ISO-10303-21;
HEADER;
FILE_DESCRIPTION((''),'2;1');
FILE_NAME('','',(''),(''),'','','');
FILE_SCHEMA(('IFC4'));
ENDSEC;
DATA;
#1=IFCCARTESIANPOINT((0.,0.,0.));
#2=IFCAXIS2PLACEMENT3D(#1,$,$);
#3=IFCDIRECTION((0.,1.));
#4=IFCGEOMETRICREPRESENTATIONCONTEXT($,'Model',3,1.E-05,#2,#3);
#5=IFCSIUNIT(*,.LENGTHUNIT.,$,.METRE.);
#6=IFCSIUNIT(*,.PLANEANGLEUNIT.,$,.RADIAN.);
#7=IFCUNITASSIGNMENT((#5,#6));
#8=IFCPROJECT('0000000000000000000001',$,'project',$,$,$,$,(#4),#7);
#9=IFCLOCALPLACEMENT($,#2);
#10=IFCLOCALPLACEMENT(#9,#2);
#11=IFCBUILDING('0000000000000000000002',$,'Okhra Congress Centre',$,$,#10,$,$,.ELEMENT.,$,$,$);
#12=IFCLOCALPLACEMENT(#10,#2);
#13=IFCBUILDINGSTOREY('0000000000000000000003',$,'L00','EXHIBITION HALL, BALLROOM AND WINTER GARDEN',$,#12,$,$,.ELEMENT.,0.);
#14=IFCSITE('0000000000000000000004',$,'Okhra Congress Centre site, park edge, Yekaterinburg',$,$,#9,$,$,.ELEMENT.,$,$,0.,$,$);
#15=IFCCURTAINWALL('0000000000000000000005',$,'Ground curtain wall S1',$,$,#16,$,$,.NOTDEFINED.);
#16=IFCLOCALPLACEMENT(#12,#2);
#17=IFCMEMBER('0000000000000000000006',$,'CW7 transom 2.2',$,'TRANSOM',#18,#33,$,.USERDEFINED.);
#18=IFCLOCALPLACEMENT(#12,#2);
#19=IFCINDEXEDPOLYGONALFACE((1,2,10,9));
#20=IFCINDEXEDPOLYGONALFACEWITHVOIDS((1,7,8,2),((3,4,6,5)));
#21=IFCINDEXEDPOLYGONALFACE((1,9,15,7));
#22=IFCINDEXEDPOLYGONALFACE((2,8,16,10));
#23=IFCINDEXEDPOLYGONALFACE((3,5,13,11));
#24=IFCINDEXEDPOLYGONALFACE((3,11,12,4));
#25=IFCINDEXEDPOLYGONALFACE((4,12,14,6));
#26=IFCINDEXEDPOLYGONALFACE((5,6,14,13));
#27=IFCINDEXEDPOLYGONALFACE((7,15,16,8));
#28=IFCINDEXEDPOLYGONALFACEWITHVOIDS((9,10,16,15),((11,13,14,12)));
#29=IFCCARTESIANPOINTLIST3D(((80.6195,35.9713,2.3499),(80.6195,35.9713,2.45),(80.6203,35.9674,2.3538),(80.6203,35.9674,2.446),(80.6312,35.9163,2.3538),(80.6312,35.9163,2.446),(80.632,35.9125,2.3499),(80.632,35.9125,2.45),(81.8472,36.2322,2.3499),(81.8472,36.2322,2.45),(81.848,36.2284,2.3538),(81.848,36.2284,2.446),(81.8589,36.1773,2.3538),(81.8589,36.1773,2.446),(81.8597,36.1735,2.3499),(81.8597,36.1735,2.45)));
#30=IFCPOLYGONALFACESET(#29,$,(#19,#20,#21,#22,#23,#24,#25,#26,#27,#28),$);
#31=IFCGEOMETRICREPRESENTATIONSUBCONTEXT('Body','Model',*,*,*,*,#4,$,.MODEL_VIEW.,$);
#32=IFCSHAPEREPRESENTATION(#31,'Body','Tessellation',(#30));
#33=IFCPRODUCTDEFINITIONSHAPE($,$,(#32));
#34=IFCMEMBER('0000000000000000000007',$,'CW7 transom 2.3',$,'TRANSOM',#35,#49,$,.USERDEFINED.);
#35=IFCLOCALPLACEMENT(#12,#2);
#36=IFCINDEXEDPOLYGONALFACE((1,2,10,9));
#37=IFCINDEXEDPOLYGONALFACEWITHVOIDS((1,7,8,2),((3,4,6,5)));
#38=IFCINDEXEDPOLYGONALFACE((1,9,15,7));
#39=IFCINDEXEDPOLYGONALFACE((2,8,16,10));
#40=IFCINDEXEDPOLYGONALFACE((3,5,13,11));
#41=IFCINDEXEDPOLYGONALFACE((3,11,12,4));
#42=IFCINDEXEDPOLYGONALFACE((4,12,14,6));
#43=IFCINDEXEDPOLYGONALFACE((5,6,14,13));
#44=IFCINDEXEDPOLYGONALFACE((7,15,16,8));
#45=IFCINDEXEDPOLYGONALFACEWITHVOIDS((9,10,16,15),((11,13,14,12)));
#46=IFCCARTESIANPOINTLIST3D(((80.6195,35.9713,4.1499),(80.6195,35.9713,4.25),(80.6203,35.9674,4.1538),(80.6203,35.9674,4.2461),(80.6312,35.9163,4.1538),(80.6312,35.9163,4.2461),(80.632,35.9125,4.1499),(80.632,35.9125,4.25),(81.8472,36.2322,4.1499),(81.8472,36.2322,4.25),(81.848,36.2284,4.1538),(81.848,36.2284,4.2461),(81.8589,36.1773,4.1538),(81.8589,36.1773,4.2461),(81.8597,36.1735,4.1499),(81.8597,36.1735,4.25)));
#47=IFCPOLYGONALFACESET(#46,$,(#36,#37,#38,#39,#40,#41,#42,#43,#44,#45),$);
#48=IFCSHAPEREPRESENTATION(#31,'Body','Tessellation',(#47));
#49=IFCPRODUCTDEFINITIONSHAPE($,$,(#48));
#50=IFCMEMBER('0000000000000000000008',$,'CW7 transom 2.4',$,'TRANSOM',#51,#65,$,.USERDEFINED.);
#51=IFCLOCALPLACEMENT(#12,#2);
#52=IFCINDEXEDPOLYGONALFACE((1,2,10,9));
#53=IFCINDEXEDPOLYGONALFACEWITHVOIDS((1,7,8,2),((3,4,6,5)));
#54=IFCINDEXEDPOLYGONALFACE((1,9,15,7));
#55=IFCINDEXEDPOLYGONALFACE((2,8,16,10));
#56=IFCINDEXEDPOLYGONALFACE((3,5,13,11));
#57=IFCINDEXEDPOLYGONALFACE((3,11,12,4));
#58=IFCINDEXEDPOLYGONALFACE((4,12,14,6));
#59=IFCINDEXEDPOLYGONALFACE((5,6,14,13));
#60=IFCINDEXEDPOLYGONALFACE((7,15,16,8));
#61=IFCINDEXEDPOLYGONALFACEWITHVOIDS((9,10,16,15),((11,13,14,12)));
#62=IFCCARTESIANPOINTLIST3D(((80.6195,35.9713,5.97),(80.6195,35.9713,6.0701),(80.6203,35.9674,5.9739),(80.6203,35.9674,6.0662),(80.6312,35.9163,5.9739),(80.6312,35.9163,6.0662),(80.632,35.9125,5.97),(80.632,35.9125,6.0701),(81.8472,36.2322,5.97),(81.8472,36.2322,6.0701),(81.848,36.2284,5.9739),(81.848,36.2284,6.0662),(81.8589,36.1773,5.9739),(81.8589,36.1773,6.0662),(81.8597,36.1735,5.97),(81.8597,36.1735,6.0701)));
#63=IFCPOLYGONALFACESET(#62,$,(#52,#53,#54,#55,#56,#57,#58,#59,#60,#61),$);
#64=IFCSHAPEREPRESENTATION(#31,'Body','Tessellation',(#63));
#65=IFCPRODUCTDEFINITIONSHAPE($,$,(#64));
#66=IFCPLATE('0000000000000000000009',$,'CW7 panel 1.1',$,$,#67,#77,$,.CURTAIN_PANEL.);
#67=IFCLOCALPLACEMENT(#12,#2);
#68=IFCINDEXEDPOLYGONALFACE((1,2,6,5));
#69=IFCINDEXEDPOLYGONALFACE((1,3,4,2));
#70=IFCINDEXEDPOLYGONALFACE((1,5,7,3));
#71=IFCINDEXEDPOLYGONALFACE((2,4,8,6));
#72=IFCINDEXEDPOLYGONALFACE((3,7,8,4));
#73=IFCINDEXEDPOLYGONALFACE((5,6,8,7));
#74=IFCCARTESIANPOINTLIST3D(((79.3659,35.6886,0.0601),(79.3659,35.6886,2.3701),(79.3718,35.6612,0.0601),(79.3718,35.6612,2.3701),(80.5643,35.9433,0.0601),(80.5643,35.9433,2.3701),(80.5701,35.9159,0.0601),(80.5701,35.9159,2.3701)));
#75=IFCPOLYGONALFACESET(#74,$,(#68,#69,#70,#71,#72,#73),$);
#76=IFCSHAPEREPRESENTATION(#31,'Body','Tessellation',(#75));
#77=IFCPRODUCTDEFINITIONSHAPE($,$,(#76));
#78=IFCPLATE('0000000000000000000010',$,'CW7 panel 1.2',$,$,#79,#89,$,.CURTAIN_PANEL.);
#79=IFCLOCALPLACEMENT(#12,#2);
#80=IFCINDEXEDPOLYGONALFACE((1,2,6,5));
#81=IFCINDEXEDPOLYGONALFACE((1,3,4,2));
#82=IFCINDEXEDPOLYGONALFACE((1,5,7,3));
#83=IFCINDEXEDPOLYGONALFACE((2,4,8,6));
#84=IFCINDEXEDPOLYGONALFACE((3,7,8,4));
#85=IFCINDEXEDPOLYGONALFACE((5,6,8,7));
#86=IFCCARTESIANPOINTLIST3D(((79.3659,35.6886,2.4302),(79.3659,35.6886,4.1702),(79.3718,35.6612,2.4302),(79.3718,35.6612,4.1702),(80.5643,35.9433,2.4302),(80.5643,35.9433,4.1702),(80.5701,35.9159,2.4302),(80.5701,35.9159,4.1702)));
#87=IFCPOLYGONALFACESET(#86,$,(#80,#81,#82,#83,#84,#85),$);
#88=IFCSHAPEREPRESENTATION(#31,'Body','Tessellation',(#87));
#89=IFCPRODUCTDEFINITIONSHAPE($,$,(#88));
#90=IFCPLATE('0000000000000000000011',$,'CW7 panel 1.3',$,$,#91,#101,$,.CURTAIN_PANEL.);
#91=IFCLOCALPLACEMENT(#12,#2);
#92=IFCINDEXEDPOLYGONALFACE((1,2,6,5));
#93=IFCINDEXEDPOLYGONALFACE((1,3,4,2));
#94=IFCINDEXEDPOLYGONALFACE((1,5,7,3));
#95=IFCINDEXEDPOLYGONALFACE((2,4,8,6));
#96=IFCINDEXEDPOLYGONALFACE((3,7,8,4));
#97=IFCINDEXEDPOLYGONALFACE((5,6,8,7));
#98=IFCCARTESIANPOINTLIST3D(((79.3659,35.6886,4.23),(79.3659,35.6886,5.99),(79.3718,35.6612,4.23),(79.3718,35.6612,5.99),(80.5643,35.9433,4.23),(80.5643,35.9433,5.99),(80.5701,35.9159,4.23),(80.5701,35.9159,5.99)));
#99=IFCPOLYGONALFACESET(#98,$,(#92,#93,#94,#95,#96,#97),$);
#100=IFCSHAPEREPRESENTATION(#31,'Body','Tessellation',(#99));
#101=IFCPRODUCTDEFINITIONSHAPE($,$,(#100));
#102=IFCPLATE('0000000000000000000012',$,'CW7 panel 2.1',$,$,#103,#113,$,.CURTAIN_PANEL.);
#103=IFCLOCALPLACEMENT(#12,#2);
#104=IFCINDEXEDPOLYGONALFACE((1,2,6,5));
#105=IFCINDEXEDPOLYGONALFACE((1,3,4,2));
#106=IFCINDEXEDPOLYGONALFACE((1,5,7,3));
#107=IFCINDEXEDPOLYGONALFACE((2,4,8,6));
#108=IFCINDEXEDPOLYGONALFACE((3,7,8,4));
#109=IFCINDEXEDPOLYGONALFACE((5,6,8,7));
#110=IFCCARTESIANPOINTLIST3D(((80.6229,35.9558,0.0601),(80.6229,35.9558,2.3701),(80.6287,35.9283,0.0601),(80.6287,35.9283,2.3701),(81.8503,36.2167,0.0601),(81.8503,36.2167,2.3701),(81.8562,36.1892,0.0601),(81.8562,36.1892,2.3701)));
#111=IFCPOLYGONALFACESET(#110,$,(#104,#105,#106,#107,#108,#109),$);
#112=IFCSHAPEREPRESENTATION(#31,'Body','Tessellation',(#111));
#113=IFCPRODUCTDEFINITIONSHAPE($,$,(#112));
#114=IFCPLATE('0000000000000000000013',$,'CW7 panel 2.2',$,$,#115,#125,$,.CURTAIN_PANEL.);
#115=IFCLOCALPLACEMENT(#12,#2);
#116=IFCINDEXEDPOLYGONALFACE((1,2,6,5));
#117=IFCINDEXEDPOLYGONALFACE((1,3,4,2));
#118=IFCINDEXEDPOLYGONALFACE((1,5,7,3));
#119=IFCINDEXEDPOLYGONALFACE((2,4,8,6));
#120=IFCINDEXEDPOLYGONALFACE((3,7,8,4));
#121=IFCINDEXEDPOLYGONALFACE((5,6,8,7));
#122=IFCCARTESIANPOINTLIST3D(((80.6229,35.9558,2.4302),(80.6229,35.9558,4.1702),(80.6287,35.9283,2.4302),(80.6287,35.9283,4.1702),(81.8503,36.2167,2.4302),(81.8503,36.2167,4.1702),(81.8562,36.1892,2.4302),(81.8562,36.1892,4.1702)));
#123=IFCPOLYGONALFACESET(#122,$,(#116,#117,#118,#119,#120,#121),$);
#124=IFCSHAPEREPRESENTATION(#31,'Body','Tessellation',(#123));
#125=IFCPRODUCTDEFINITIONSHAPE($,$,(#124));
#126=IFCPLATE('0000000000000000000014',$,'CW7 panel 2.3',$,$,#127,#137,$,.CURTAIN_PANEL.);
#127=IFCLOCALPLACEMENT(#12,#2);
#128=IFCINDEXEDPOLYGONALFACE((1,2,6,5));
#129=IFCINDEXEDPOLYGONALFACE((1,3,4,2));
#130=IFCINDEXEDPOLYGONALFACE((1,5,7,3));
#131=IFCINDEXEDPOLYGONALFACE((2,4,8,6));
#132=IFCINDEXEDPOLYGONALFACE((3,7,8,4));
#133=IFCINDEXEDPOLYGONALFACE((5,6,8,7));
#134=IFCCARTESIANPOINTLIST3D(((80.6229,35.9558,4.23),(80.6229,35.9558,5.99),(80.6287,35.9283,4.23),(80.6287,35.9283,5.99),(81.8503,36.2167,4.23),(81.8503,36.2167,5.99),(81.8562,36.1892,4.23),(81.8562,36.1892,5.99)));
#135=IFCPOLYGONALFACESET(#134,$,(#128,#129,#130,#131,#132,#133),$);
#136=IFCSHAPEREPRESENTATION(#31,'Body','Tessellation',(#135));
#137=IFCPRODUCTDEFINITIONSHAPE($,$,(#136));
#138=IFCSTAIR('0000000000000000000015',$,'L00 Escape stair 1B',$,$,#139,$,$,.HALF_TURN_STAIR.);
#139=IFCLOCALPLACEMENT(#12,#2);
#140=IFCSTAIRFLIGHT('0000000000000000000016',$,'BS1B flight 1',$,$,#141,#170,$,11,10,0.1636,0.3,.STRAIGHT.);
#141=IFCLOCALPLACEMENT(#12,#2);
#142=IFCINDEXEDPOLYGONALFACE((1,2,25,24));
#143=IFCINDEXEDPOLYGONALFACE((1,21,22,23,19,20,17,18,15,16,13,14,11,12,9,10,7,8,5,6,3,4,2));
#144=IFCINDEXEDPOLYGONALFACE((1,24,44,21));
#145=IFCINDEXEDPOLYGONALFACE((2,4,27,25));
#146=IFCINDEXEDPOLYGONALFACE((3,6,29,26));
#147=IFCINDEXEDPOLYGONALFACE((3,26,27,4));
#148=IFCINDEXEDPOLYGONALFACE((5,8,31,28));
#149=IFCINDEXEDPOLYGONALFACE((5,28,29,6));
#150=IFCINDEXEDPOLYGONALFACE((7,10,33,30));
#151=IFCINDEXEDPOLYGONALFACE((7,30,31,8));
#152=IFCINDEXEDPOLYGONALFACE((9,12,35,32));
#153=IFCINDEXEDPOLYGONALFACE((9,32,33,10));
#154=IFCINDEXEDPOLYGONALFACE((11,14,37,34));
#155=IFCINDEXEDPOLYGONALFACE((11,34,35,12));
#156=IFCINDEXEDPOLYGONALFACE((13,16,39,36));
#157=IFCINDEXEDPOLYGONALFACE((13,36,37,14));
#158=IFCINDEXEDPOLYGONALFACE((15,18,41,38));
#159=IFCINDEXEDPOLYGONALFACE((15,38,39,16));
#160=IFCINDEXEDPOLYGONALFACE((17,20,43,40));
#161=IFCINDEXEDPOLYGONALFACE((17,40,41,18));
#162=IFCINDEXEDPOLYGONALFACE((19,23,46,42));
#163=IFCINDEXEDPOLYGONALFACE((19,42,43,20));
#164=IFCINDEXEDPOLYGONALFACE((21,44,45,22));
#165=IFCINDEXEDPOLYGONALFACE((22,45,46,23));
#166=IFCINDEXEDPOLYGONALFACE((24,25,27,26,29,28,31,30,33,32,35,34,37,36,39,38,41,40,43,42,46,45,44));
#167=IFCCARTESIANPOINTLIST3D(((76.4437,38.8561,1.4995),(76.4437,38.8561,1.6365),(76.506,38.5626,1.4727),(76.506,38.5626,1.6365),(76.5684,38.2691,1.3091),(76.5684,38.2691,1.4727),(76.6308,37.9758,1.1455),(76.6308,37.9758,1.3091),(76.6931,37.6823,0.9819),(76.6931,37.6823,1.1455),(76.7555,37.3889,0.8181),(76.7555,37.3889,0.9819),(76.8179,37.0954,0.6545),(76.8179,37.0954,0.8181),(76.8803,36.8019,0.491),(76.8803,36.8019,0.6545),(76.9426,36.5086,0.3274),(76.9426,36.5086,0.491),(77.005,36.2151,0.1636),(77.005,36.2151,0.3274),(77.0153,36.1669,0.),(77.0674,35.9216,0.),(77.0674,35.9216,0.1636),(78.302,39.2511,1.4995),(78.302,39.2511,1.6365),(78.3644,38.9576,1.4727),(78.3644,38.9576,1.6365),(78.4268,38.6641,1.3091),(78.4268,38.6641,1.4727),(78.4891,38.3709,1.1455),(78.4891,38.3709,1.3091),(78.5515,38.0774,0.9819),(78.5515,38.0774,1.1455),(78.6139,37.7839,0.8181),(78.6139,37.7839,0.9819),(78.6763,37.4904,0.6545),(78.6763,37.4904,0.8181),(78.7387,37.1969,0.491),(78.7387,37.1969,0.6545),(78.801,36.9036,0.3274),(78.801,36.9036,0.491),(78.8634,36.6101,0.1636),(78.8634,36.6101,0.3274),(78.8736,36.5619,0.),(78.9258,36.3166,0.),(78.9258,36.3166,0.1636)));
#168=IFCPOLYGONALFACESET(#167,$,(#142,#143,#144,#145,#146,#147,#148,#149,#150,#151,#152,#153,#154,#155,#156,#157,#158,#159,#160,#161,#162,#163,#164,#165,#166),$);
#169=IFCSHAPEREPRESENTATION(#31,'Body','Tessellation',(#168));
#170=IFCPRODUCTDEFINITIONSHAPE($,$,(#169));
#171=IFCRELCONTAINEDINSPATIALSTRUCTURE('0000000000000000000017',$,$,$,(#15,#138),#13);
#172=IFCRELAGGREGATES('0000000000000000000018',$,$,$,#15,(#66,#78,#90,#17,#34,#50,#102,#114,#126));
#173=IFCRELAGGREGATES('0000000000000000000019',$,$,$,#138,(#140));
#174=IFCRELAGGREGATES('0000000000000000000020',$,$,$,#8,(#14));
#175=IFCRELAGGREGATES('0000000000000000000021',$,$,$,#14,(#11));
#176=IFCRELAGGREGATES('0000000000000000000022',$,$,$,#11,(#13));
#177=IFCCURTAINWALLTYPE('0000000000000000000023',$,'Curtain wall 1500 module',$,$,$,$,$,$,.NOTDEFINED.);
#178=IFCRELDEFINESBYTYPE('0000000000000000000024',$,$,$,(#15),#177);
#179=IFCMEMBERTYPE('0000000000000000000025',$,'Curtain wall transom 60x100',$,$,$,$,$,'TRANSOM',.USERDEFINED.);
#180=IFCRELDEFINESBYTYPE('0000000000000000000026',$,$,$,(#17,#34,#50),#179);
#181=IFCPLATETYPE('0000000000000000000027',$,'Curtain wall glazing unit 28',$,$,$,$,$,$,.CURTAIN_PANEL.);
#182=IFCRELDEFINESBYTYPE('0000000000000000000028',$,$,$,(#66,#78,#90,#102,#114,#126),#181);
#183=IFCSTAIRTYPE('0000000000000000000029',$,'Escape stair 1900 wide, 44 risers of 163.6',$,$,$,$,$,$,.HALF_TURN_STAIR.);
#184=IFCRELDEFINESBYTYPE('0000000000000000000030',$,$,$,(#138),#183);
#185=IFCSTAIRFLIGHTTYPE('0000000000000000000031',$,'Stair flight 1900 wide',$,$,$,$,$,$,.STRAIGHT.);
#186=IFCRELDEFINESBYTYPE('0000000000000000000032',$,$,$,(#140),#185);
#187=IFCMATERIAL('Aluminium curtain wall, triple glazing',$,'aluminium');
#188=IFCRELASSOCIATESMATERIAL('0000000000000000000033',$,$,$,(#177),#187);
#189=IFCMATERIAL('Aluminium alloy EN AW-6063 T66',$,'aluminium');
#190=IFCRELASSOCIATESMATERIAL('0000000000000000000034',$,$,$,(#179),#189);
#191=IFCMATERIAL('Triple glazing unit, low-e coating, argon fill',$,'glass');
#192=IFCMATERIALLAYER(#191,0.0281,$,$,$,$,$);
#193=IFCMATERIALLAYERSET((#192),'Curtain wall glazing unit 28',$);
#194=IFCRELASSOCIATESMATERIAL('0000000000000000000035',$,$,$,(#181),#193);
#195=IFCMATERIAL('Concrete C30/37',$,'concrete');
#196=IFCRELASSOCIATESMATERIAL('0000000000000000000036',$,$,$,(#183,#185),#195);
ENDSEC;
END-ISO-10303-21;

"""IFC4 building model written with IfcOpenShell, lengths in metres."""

from ifc_helpers import new_model, si_unit, direction, frame, origin, origin_2d, place, context, subcontext, project, spatial, polyline, rectangle, hollow_rectangle, outline, extrude, material, layer, layer_set, material_profile, profile_set, type_object, element, aggregate, save


model = new_model("IFC4")

# Units and contexts
model_context = context("Model", 3, precision=1e-05, world=origin(), true_north=direction((0.0, 1.0)))
body_context = subcontext(model_context, "Body", "Model", "MODEL_VIEW")
ifc_project = project(units=[si_unit("LENGTHUNIT", "METRE"), si_unit("PLANEANGLEUNIT", "RADIAN")], contexts=[model_context])

# Site, building, storey
site_placement = place(None, origin())
site = spatial("IfcSite", under=ifc_project, at=site_placement, Name="Okhra Congress Centre site, park edge, Yekaterinburg", CompositionType="ELEMENT", RefElevation=0.0)
building_placement = place(site_placement, origin())
building = spatial("IfcBuilding", under=site, at=building_placement, Name="Okhra Congress Centre", CompositionType="ELEMENT")
storey_placement = place(building_placement, origin())
storey = spatial("IfcBuildingStorey", under=building, at=storey_placement, Name="L00", Description="EXHIBITION HALL, BALLROOM AND WINTER GARDEN", CompositionType="ELEMENT", Elevation=0.0)

# Shared definitions
ifc_material_1 = material(Name="Concrete C30/37", Category="concrete")

# Curtain wall, members, plates
ifc_material_2 = material(Name="Aluminium curtain wall, triple glazing", Category="aluminium")
curtain_wall_type = type_object("IfcCurtainWallType", Name="Curtain wall 1500 module", PredefinedType="NOTDEFINED", material=ifc_material_2)
curtain_wall_placement = place(storey_placement, origin())
curtain_wall = element("IfcCurtainWall", 1, at=curtain_wall_placement, inside=storey, type_object=curtain_wall_type, Name="Ground curtain wall S1", PredefinedType="NOTDEFINED")
ifc_material_3 = material(Name="Aluminium alloy EN AW-6063 T66", Category="aluminium")
ifc_material_profile_1 = material_profile(ifc_material_3, hollow_rectangle(XDim=0.0601, YDim=0.1001, WallThickness=0.0039, at=origin_2d()), Name="RHS 60x100x4")
ifc_profile_set_1 = profile_set([ifc_material_profile_1], Name="Aluminium alloy EN AW-6063 T66")
member_type_1 = type_object("IfcMemberType", Name="Curtain wall transom 60x100", ElementType="TRANSOM", PredefinedType="USERDEFINED", material=ifc_profile_set_1)
member_1_placement = place(storey_placement, frame((80.6257, 35.9419, 2.3999), z_axis=(0.978146, 0.207922, 0.0), x_axis=(-0.207922, 0.978146, 0.0)))
member_1 = element("IfcMember", 2, at=member_1_placement, type_object=member_type_1, Name="CW7 transom 2.2", ObjectType="TRANSOM", PredefinedType="USERDEFINED", context=body_context, shape_type="SweptSolid", body=[
    extrude(hollow_rectangle(XDim=0.0601, YDim=0.1001, WallThickness=0.0039, at=origin_2d()), origin(), (0.0, 0.0, 1.0), 1.2551),
])
member_2_placement = place(storey_placement, frame((80.6257, 35.9419, 4.2), z_axis=(0.978146, 0.207922, 0.0), x_axis=(-0.207922, 0.978146, 0.0)))
member_2 = element("IfcMember", 3, at=member_2_placement, type_object=member_type_1, Name="CW7 transom 2.3", ObjectType="TRANSOM", PredefinedType="USERDEFINED", context=body_context, shape_type="SweptSolid", body=[
    extrude(hollow_rectangle(XDim=0.0601, YDim=0.1001, WallThickness=0.0039, at=origin_2d()), origin(), (0.0, 0.0, 1.0), 1.2551),
])
member_3_placement = place(storey_placement, frame((80.6257, 35.9419, 6.02), z_axis=(0.978146, 0.207922, 0.0), x_axis=(-0.207922, 0.978146, 0.0)))
member_3 = element("IfcMember", 4, at=member_3_placement, type_object=member_type_1, Name="CW7 transom 2.4", ObjectType="TRANSOM", PredefinedType="USERDEFINED", context=body_context, shape_type="SweptSolid", body=[
    extrude(hollow_rectangle(XDim=0.0601, YDim=0.1001, WallThickness=0.0039, at=origin_2d()), origin(), (0.0, 0.0, 1.0), 1.2551),
])
ifc_material_4 = material(Name="Triple glazing unit, low-e coating, argon fill", Category="glass")
ifc_layer_1 = layer(ifc_material_4, 0.0281)
ifc_layer_set_1 = layer_set([ifc_layer_1], Name="Curtain wall glazing unit 28")
plate_type = type_object("IfcPlateType", Name="Curtain wall glazing unit 28", PredefinedType="CURTAIN_PANEL", material=ifc_layer_set_1)
plate_1_placement = place(storey_placement, frame((79.968, 35.8022, 0.0601), z_axis=(0.0, 0.0, 1.0), x_axis=(0.978148, 0.207912, 0.0)))
plate_1 = element("IfcPlate", 5, at=plate_1_placement, type_object=plate_type, Name="CW7 panel 1.1", PredefinedType="CURTAIN_PANEL", context=body_context, shape_type="SweptSolid", body=[
    extrude(rectangle(XDim=1.2251, YDim=0.0281, at=origin_2d()), origin(), (0.0, 0.0, 1.0), 2.3101),
])
plate_2_placement = place(storey_placement, frame((79.968, 35.8022, 2.4302), z_axis=(0.0, 0.0, 1.0), x_axis=(0.978148, 0.207912, 0.0)))
plate_2 = element("IfcPlate", 6, at=plate_2_placement, type_object=plate_type, Name="CW7 panel 1.2", PredefinedType="CURTAIN_PANEL", context=body_context, shape_type="SweptSolid", body=[
    extrude(rectangle(XDim=1.2251, YDim=0.0281, at=origin_2d()), origin(), (0.0, 0.0, 1.0), 1.74),
])
plate_3_placement = place(storey_placement, frame((79.968, 35.8022, 4.23), z_axis=(0.0, 0.0, 1.0), x_axis=(0.978148, 0.207912, 0.0)))
plate_3 = element("IfcPlate", 7, at=plate_3_placement, type_object=plate_type, Name="CW7 panel 1.3", PredefinedType="CURTAIN_PANEL", context=body_context, shape_type="SweptSolid", body=[
    extrude(rectangle(XDim=1.2251, YDim=0.0281, at=origin_2d()), origin(), (0.0, 0.0, 1.0), 1.76),
])
plate_4_placement = place(storey_placement, frame((81.2395, 36.0725, 0.0601), z_axis=(0.0, 0.0, 1.0), x_axis=(0.978148, 0.207912, 0.0)))
plate_4 = element("IfcPlate", 8, at=plate_4_placement, type_object=plate_type, Name="CW7 panel 2.1", PredefinedType="CURTAIN_PANEL", context=body_context, shape_type="SweptSolid", body=[
    extrude(rectangle(XDim=1.2549, YDim=0.0281, at=origin_2d()), origin(), (0.0, 0.0, 1.0), 2.3101),
])
plate_5_placement = place(storey_placement, frame((81.2395, 36.0725, 2.4302), z_axis=(0.0, 0.0, 1.0), x_axis=(0.978148, 0.207912, 0.0)))
plate_5 = element("IfcPlate", 9, at=plate_5_placement, type_object=plate_type, Name="CW7 panel 2.2", PredefinedType="CURTAIN_PANEL", context=body_context, shape_type="SweptSolid", body=[
    extrude(rectangle(XDim=1.2549, YDim=0.0281, at=origin_2d()), origin(), (0.0, 0.0, 1.0), 1.74),
])
plate_6_placement = place(storey_placement, frame((81.2395, 36.0725, 4.23), z_axis=(0.0, 0.0, 1.0), x_axis=(0.978148, 0.207912, 0.0)))
plate_6 = element("IfcPlate", 10, at=plate_6_placement, type_object=plate_type, Name="CW7 panel 2.3", PredefinedType="CURTAIN_PANEL", context=body_context, shape_type="SweptSolid", body=[
    extrude(rectangle(XDim=1.2549, YDim=0.0281, at=origin_2d()), origin(), (0.0, 0.0, 1.0), 1.76),
])
aggregate(curtain_wall, [plate_1, plate_2, plate_3, member_1, member_2, member_3, plate_4, plate_5, plate_6])

# Stair, stair flight
stair_type = type_object("IfcStairType", Name="Escape stair 1900 wide, 44 risers of 163.6", PredefinedType="HALF_TURN_STAIR", material=ifc_material_1)
stair_placement = place(storey_placement, origin())
stair = element("IfcStair", 11, at=stair_placement, inside=storey, type_object=stair_type, Name="L00 Escape stair 1B", PredefinedType="HALF_TURN_STAIR")
stair_flight_type = type_object("IfcStairFlightType", Name="Stair flight 1900 wide", PredefinedType="STRAIGHT", material=ifc_material_1)
stair_flight_1_placement = place(storey_placement, frame((77.9966, 36.1191, 0.0), z_axis=(0.0, 0.0, 1.0), x_axis=(-0.207912, 0.978148, 0.0)))
stair_flight_1 = element("IfcStairFlight", 12, at=stair_flight_1_placement, type_object=stair_flight_type, Name="BS1B flight 1", NumberOfRisers=11, NumberOfTreads=10, PredefinedType="STRAIGHT", RiserHeight=0.1636, TreadLength=0.3, context=body_context, shape_type="SweptSolid", body=[
    extrude(outline(polyline([(0.0, 0.0), (0.0, 0.1636), (0.3, 0.1636), (0.3, 0.3274), (0.6001, 0.3274), (0.6001, 0.491), (0.8999, 0.491), (0.8999, 0.6545), (1.2, 0.6545), (1.2, 0.8181), (1.5, 0.8181), (1.5, 0.9819), (1.8, 0.9819), (1.8, 1.1455), (2.1001, 1.1455), (2.1001, 1.3091), (2.3999, 1.3091), (2.3999, 1.4727), (2.7, 1.4727), (2.7, 1.6365), (3.0, 1.6365), (3.0, 1.8), (3.0, 1.4995), (0.2507, 0.0), (0.0, 0.0)])), frame((0.0, 0.95, 0.0), z_axis=(0.0, -1.0, 0.0), x_axis=(1.0, 0.0, 0.0)), (0.0, 0.0, 1.0), 1.8999),
])
aggregate(stair, [stair_flight_1])

save(model, "model.ifc")
